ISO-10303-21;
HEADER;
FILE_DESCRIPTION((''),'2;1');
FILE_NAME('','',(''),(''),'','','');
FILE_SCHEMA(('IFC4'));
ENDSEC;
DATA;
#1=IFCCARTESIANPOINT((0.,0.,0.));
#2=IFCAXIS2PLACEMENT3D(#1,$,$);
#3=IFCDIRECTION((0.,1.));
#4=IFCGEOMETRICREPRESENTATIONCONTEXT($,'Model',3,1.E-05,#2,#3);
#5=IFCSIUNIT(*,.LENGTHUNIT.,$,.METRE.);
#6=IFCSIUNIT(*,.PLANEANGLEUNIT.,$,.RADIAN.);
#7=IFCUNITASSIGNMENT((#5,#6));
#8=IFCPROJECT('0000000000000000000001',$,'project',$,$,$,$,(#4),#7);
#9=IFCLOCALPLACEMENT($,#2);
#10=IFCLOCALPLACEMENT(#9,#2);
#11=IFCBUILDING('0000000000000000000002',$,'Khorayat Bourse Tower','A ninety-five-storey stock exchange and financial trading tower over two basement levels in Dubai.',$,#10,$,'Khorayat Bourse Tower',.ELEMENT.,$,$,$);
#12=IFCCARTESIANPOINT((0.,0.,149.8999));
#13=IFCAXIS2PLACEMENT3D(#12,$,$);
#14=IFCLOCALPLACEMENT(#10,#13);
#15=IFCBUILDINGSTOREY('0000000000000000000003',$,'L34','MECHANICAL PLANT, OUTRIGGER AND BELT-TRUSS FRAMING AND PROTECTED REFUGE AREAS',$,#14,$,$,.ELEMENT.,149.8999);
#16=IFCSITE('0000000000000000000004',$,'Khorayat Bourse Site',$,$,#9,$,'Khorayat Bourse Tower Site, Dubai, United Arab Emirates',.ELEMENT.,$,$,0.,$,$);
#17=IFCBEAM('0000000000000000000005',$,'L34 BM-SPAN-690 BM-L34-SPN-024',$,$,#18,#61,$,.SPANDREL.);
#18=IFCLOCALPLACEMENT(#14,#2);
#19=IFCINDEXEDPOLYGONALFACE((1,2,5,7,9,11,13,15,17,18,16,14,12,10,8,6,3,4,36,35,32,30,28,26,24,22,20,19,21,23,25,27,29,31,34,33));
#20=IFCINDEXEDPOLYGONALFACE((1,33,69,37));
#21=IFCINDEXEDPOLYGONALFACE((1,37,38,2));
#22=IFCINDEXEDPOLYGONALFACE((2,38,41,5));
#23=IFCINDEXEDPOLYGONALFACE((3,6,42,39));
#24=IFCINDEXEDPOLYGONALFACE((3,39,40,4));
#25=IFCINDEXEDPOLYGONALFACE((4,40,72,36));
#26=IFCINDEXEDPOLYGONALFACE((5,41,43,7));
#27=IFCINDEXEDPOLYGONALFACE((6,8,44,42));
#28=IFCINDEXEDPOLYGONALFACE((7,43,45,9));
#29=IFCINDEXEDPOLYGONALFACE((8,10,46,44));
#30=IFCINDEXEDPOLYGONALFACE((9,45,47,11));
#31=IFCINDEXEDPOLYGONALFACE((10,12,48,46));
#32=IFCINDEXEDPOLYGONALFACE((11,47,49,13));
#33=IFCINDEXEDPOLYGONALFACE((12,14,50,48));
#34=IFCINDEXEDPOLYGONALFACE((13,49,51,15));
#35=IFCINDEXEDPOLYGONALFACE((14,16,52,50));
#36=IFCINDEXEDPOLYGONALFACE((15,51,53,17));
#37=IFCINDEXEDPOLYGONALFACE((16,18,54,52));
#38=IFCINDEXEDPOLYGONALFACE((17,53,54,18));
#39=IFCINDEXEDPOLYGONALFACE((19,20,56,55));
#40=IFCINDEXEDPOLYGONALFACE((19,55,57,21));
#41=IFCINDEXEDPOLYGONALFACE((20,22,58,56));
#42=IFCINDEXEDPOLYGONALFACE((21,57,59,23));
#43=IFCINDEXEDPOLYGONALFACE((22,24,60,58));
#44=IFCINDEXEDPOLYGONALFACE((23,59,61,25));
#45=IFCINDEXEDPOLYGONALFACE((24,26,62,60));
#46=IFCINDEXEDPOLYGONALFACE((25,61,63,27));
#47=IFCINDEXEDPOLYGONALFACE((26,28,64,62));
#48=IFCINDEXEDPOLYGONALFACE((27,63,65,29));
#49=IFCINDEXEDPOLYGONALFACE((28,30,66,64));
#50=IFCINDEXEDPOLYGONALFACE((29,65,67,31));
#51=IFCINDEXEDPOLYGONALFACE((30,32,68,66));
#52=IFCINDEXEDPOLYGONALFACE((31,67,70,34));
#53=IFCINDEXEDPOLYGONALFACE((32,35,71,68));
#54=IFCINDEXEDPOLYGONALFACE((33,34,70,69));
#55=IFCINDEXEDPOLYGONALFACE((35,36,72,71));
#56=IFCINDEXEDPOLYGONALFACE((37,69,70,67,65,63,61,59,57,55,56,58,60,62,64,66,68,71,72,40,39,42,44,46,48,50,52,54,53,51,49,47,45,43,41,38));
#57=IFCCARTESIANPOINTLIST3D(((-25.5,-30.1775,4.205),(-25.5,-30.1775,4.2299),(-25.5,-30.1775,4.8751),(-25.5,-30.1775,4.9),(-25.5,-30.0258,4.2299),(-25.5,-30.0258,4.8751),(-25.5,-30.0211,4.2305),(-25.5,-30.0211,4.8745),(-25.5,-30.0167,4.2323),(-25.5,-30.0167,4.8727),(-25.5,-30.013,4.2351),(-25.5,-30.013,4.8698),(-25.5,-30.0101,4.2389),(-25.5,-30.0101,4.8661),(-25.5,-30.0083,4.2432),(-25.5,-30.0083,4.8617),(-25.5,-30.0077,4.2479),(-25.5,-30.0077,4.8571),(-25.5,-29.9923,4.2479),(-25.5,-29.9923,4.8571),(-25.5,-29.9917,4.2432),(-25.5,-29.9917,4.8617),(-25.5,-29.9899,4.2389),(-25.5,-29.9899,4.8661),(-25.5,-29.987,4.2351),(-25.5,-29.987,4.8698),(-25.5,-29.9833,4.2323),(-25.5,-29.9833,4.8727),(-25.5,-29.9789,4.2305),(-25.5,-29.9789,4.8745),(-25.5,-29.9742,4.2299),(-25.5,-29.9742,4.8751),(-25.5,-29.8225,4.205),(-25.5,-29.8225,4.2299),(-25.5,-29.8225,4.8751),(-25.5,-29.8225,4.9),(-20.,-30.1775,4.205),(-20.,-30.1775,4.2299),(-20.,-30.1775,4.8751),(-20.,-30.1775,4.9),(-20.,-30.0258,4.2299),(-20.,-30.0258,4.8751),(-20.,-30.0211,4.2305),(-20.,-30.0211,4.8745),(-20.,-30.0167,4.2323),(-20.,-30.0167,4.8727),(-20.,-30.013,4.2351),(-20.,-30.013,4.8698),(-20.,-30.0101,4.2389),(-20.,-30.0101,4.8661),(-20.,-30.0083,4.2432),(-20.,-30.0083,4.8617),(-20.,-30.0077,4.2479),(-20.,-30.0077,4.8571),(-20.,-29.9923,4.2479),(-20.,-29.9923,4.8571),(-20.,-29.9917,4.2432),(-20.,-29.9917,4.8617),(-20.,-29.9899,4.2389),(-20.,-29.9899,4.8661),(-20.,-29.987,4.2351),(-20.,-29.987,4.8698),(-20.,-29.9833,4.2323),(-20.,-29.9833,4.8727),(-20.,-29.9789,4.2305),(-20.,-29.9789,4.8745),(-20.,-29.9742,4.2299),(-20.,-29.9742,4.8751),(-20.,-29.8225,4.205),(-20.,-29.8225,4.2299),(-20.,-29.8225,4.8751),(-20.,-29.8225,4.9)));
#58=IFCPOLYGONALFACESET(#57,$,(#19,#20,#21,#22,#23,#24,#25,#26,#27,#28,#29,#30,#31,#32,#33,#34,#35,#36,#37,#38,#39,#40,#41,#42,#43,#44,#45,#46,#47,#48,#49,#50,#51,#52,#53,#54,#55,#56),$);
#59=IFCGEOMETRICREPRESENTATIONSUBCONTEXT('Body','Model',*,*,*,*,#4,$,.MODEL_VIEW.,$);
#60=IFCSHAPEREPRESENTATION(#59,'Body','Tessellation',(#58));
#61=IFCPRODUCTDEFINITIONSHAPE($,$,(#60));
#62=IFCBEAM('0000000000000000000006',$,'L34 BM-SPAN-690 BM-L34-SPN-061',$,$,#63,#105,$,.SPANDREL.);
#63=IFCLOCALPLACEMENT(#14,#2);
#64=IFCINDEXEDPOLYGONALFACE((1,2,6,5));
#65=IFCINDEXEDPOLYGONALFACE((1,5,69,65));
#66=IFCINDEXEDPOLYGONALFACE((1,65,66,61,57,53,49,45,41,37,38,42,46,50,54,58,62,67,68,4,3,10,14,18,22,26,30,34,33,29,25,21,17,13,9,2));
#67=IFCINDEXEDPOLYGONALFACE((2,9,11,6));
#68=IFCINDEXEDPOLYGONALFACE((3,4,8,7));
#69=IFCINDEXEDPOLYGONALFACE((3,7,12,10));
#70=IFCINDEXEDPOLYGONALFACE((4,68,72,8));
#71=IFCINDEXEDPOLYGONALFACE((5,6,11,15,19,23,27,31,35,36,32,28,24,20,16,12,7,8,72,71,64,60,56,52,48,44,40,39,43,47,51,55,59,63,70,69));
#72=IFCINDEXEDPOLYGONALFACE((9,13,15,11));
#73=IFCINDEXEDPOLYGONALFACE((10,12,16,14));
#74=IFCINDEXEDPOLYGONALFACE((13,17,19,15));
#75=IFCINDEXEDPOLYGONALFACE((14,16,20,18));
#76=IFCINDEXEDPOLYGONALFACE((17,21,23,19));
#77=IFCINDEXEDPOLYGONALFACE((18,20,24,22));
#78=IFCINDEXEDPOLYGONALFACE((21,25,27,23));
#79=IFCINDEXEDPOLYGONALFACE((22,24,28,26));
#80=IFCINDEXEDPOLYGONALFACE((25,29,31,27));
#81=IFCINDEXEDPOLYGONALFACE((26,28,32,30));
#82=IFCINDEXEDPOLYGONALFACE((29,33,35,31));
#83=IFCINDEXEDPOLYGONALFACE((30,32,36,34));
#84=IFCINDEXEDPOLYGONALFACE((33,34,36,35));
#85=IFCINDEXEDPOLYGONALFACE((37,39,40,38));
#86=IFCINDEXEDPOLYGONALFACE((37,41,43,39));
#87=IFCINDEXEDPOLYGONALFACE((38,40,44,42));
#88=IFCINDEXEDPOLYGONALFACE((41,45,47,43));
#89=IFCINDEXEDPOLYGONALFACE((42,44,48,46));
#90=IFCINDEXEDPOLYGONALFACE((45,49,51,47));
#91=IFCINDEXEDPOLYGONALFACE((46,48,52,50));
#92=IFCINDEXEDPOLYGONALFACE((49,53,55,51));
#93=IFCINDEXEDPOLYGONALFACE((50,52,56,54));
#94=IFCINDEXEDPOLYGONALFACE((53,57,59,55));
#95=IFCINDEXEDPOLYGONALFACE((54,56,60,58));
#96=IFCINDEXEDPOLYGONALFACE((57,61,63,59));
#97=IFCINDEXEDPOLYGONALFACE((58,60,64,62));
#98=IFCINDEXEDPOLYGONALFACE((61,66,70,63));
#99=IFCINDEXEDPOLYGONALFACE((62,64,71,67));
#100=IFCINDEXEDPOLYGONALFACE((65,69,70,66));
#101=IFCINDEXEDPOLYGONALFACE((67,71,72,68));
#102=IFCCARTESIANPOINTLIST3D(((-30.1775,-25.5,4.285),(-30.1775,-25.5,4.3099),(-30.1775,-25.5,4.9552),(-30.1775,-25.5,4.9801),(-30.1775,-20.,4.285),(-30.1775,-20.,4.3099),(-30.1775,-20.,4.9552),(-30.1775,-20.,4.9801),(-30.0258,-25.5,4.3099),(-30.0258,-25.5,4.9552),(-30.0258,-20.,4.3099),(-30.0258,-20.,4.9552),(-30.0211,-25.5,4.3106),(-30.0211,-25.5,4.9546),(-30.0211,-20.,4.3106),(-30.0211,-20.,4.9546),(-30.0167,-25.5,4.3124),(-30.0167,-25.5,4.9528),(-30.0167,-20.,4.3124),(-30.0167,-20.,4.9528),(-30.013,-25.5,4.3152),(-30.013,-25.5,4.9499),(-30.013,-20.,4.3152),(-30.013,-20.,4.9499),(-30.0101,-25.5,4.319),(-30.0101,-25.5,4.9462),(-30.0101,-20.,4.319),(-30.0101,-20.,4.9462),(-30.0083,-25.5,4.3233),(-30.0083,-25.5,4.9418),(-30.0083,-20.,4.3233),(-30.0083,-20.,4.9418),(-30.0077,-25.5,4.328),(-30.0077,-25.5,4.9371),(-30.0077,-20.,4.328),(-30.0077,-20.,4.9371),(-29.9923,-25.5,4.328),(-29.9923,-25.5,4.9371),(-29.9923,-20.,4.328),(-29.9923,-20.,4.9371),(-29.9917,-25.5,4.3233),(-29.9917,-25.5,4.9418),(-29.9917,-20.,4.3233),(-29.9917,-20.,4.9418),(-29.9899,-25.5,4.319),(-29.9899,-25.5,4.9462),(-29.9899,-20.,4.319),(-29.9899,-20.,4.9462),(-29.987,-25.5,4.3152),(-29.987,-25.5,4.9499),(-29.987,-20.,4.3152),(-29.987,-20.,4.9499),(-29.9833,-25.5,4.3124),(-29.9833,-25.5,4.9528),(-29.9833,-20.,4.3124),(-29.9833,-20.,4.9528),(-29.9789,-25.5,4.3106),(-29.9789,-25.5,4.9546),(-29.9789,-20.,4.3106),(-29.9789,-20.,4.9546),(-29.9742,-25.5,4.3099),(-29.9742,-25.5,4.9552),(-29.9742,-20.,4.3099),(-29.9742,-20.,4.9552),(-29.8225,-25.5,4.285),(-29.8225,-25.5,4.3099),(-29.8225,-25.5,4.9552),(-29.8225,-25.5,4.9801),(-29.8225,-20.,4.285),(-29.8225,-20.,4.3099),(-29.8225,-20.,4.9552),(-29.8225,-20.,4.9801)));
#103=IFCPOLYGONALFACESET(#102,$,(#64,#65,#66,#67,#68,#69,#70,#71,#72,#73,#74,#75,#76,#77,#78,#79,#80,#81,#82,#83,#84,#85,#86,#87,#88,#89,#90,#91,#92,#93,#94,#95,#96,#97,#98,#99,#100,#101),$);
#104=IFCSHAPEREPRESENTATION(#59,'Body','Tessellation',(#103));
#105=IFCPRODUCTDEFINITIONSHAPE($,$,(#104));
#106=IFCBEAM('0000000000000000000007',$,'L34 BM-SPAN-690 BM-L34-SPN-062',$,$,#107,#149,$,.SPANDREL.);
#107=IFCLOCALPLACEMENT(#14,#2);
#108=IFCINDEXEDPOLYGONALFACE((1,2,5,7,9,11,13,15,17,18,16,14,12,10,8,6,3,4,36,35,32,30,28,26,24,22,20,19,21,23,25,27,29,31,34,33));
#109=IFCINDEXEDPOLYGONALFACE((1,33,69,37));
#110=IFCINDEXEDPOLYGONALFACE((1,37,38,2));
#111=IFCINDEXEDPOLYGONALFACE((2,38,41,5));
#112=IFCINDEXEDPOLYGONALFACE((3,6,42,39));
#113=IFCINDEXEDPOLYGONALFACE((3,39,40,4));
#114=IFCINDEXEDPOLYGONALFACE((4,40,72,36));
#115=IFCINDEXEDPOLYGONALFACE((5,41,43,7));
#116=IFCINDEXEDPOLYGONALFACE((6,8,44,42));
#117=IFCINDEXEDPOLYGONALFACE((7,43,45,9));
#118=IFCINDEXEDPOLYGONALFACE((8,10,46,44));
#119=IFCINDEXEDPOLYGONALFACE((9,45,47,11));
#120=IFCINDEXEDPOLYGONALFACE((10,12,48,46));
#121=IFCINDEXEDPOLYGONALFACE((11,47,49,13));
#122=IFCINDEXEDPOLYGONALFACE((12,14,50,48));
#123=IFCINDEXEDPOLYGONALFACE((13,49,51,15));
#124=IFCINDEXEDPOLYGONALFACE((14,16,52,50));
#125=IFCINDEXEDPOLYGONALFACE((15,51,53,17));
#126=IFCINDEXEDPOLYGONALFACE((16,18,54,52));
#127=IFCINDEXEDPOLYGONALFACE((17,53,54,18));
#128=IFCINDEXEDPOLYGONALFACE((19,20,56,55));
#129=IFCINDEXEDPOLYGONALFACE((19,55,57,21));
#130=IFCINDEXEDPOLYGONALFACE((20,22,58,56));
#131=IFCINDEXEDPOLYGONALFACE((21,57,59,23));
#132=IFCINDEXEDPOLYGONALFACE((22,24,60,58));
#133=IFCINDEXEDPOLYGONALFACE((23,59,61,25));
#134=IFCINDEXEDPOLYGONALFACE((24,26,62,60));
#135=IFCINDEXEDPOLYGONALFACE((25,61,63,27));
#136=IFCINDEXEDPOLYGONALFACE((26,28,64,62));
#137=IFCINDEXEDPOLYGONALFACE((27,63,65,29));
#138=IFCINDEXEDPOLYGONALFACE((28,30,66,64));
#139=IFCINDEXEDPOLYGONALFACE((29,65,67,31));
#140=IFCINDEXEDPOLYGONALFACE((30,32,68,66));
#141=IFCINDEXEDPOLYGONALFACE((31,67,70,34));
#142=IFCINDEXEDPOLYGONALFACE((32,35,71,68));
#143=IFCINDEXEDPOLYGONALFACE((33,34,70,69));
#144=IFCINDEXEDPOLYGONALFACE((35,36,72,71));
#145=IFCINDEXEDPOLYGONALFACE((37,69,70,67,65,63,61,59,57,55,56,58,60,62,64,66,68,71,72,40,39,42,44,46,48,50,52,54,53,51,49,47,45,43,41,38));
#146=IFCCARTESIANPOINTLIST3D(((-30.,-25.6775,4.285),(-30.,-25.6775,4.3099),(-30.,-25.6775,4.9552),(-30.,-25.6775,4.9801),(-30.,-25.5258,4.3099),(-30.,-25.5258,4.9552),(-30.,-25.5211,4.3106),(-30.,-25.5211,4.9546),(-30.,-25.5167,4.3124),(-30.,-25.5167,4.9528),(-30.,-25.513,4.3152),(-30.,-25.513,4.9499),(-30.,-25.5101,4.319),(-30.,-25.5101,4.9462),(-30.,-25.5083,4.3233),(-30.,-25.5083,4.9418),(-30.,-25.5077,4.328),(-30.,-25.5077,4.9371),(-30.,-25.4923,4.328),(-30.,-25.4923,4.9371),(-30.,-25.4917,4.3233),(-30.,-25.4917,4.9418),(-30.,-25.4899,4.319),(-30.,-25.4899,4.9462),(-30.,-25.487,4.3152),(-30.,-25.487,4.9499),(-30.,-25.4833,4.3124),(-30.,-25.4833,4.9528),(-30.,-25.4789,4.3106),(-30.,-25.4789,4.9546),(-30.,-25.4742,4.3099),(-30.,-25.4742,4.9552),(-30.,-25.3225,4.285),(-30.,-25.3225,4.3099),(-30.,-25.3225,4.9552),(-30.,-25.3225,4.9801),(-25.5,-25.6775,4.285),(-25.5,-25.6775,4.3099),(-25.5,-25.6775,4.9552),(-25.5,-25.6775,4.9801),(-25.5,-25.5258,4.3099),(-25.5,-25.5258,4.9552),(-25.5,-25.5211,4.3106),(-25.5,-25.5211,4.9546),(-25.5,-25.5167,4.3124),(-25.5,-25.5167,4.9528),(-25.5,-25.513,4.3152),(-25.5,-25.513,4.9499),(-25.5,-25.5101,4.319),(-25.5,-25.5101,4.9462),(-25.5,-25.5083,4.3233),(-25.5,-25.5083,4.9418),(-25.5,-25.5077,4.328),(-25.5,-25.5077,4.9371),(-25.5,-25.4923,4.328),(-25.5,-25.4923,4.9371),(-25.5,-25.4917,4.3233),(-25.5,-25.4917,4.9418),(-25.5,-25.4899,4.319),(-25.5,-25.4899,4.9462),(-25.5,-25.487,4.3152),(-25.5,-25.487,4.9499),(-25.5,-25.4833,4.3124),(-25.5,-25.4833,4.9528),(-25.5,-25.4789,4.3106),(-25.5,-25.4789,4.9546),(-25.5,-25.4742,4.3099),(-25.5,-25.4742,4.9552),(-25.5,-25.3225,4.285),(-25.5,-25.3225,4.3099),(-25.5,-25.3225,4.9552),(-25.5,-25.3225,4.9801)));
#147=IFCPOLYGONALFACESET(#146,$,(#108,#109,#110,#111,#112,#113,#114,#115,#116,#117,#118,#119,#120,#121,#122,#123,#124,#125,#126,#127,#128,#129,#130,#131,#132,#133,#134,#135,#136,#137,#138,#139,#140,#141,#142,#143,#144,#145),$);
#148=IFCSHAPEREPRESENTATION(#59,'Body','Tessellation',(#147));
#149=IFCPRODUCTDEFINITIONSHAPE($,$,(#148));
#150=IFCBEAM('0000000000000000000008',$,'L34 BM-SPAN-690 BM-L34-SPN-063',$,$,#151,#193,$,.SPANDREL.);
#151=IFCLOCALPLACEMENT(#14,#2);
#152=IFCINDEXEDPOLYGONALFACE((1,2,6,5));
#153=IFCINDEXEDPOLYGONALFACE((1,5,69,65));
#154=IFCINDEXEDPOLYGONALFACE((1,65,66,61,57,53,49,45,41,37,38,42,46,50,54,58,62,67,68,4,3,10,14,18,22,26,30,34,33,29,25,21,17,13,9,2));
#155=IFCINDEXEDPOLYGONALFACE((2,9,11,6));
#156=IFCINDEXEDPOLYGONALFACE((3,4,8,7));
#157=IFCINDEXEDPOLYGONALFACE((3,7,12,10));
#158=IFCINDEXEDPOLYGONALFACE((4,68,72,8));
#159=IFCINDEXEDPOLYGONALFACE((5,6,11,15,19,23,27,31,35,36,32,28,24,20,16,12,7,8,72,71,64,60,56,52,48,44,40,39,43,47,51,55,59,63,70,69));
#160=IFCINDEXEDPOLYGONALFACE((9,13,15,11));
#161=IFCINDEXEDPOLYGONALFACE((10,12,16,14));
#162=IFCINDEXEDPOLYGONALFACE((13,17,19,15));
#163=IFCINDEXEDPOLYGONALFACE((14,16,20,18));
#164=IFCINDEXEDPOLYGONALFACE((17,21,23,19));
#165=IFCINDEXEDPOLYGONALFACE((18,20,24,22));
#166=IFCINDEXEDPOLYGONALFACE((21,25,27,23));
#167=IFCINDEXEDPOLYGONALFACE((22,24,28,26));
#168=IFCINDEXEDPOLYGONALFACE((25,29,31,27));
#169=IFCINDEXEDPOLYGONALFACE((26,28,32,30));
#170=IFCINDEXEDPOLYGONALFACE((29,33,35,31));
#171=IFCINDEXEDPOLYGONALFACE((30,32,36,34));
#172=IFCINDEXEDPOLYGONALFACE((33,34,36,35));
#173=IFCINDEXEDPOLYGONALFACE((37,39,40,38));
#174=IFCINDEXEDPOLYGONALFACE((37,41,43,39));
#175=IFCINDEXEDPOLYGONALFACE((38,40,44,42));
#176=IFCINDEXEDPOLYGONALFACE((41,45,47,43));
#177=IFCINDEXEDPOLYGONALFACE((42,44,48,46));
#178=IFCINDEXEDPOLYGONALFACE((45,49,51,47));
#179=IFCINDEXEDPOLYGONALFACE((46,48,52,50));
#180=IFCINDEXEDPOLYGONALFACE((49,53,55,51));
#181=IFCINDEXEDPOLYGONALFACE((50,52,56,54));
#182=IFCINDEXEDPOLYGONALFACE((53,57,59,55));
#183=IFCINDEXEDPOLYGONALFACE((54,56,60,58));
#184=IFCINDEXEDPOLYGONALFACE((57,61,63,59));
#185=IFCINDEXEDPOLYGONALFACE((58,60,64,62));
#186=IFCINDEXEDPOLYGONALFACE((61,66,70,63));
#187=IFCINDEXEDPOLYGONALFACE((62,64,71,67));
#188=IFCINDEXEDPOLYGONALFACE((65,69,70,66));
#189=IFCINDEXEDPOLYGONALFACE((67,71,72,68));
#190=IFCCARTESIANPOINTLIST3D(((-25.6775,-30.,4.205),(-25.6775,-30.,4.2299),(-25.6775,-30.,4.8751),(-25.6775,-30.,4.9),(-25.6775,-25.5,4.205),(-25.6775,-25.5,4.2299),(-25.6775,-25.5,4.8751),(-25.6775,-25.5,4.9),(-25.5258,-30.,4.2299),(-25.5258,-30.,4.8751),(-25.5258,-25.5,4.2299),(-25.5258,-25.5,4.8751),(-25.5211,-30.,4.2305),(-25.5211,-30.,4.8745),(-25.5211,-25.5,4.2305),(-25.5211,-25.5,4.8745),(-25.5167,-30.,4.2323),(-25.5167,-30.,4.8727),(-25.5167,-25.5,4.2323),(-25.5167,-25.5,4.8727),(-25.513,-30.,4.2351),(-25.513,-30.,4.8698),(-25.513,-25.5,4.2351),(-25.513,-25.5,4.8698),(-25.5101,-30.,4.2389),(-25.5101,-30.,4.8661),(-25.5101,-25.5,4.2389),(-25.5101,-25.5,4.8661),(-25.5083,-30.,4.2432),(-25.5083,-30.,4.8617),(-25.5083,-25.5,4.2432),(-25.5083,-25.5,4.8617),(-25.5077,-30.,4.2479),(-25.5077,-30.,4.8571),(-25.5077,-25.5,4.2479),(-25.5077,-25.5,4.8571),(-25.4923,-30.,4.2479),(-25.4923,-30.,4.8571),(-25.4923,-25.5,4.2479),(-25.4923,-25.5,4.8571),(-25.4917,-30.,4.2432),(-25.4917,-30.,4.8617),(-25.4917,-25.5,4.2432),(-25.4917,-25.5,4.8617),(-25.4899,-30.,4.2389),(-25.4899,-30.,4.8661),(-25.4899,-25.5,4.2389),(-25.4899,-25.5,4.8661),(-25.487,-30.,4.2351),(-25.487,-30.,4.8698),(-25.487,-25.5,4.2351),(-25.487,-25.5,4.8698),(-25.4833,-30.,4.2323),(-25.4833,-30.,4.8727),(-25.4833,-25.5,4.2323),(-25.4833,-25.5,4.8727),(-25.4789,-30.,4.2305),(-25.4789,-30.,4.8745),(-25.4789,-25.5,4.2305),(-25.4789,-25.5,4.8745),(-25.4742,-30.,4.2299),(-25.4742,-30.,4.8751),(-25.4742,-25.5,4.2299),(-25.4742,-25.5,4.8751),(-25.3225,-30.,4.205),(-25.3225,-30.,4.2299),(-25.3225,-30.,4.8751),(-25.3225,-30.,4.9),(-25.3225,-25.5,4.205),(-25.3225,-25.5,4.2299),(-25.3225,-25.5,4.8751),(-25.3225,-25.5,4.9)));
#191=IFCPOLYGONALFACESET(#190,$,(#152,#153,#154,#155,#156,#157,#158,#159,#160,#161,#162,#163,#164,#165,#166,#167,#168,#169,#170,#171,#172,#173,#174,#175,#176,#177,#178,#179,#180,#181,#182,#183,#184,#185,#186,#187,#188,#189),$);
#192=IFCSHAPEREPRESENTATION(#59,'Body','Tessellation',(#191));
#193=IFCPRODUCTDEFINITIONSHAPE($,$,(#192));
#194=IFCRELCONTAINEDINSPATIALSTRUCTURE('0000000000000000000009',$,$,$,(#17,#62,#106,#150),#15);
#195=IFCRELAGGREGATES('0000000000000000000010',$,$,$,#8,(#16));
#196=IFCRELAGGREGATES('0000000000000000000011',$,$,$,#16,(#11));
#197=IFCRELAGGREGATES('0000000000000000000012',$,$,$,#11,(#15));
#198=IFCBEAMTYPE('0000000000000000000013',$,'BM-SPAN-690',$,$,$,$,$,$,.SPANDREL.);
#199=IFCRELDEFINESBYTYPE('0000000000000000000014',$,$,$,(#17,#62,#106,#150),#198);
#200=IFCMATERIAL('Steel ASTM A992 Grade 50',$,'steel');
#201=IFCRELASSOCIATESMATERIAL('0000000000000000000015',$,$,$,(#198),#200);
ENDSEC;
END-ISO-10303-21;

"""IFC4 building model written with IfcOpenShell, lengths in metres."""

from ifc_helpers import new_model, si_unit, direction, frame, origin, origin_2d, place, context, subcontext, project, spatial, i_section, extrude, source, transform, mapped, material, material_profile, profile_set, type_object, element, save


model = new_model("IFC4")

# Units and contexts
model_context = context("Model", 3, precision=1e-05, world=origin(), true_north=direction((0.0, 1.0)))
body_context = subcontext(model_context, "Body", "Model", "MODEL_VIEW")
ifc_project = project(units=[si_unit("LENGTHUNIT", "METRE"), si_unit("PLANEANGLEUNIT", "RADIAN")], contexts=[model_context])

# Site, building, storey
site_placement = place(None, origin())
site = spatial("IfcSite", under=ifc_project, at=site_placement, Name="Khorayat Bourse Site", LongName="Khorayat Bourse Tower Site, Dubai, United Arab Emirates", CompositionType="ELEMENT", RefElevation=0.0)
building_placement = place(site_placement, origin())
building = spatial("IfcBuilding", under=site, at=building_placement, Name="Khorayat Bourse Tower", Description="A ninety-five-storey stock exchange and financial trading tower over two basement levels in Dubai.", LongName="Khorayat Bourse Tower", CompositionType="ELEMENT")
storey_placement = place(building_placement, frame((0.0, 0.0, 149.8999)))
storey = spatial("IfcBuildingStorey", under=building, at=storey_placement, Name="L34", Description="MECHANICAL PLANT, OUTRIGGER AND BELT-TRUSS FRAMING AND PROTECTED REFUGE AREAS", CompositionType="ELEMENT", Elevation=149.8999)

# Beams
ifc_material_1 = material(Name="Steel ASTM A992 Grade 50", Category="steel")
ifc_material_profile_1 = material_profile(ifc_material_1, i_section(OverallWidth=0.355, OverallDepth=0.6951, WebThickness=0.0154, FlangeThickness=0.0249, FilletRadius=0.0181, at=origin_2d()), Name="W690X217")
ifc_profile_set_1 = profile_set([ifc_material_profile_1], Name="Steel ASTM A992 Grade 50")
beam_type_1 = type_object("IfcBeamType", Name="BM-SPAN-690", PredefinedType="SPANDREL", material=ifc_profile_set_1)
shared_shape_1 = source(origin(), body_context, "Body", "SweptSolid", [
    extrude(i_section(OverallWidth=0.355, OverallDepth=0.6951, WebThickness=0.0154, FlangeThickness=0.0249, FilletRadius=0.0181, at=origin_2d()), origin(), (0.0, 0.0, 1.0), 5.5),
])
for number, where, z_axis, x_axis, name in (
    (1, (-25.5, -30.0, 4.5525), (1.0, 0.0, 0.0), (0.0, 1.0, 0.0), "L34 BM-SPAN-690 BM-L34-SPN-024"),
    (2, (-30.0, -25.5, 4.6326), (0.0, 1.0, 0.0), (-1.0, 0.0, 0.0), "L34 BM-SPAN-690 BM-L34-SPN-061"),
):
    element("IfcBeam", number, at=place(storey_placement, frame(where, z_axis=z_axis, x_axis=x_axis)), inside=storey, type_object=beam_type_1, Name=name, PredefinedType="SPANDREL", context=body_context, shape_type="MappedRepresentation", body=[
        mapped(shared_shape_1, transform((0.0, 0.0, 0.0), scale=1.0)),
    ])
shared_shape_2 = source(origin(), body_context, "Body", "SweptSolid", [
    extrude(i_section(OverallWidth=0.355, OverallDepth=0.6951, WebThickness=0.0154, FlangeThickness=0.0249, FilletRadius=0.0181, at=origin_2d()), origin(), (0.0, 0.0, 1.0), 4.5),
])
for number, where, z_axis, x_axis, name in (
    (3, (-30.0, -25.5, 4.6326), (1.0, 0.0, 0.0), (0.0, 1.0, 0.0), "L34 BM-SPAN-690 BM-L34-SPN-062"),
    (4, (-25.5, -30.0, 4.5525), (0.0, 1.0, 0.0), (-1.0, 0.0, 0.0), "L34 BM-SPAN-690 BM-L34-SPN-063"),
):
    element("IfcBeam", number, at=place(storey_placement, frame(where, z_axis=z_axis, x_axis=x_axis)), inside=storey, type_object=beam_type_1, Name=name, PredefinedType="SPANDREL", context=body_context, shape_type="MappedRepresentation", body=[
        mapped(shared_shape_2, transform((0.0, 0.0, 0.0), scale=1.0)),
    ])

save(model, "model.ifc")
